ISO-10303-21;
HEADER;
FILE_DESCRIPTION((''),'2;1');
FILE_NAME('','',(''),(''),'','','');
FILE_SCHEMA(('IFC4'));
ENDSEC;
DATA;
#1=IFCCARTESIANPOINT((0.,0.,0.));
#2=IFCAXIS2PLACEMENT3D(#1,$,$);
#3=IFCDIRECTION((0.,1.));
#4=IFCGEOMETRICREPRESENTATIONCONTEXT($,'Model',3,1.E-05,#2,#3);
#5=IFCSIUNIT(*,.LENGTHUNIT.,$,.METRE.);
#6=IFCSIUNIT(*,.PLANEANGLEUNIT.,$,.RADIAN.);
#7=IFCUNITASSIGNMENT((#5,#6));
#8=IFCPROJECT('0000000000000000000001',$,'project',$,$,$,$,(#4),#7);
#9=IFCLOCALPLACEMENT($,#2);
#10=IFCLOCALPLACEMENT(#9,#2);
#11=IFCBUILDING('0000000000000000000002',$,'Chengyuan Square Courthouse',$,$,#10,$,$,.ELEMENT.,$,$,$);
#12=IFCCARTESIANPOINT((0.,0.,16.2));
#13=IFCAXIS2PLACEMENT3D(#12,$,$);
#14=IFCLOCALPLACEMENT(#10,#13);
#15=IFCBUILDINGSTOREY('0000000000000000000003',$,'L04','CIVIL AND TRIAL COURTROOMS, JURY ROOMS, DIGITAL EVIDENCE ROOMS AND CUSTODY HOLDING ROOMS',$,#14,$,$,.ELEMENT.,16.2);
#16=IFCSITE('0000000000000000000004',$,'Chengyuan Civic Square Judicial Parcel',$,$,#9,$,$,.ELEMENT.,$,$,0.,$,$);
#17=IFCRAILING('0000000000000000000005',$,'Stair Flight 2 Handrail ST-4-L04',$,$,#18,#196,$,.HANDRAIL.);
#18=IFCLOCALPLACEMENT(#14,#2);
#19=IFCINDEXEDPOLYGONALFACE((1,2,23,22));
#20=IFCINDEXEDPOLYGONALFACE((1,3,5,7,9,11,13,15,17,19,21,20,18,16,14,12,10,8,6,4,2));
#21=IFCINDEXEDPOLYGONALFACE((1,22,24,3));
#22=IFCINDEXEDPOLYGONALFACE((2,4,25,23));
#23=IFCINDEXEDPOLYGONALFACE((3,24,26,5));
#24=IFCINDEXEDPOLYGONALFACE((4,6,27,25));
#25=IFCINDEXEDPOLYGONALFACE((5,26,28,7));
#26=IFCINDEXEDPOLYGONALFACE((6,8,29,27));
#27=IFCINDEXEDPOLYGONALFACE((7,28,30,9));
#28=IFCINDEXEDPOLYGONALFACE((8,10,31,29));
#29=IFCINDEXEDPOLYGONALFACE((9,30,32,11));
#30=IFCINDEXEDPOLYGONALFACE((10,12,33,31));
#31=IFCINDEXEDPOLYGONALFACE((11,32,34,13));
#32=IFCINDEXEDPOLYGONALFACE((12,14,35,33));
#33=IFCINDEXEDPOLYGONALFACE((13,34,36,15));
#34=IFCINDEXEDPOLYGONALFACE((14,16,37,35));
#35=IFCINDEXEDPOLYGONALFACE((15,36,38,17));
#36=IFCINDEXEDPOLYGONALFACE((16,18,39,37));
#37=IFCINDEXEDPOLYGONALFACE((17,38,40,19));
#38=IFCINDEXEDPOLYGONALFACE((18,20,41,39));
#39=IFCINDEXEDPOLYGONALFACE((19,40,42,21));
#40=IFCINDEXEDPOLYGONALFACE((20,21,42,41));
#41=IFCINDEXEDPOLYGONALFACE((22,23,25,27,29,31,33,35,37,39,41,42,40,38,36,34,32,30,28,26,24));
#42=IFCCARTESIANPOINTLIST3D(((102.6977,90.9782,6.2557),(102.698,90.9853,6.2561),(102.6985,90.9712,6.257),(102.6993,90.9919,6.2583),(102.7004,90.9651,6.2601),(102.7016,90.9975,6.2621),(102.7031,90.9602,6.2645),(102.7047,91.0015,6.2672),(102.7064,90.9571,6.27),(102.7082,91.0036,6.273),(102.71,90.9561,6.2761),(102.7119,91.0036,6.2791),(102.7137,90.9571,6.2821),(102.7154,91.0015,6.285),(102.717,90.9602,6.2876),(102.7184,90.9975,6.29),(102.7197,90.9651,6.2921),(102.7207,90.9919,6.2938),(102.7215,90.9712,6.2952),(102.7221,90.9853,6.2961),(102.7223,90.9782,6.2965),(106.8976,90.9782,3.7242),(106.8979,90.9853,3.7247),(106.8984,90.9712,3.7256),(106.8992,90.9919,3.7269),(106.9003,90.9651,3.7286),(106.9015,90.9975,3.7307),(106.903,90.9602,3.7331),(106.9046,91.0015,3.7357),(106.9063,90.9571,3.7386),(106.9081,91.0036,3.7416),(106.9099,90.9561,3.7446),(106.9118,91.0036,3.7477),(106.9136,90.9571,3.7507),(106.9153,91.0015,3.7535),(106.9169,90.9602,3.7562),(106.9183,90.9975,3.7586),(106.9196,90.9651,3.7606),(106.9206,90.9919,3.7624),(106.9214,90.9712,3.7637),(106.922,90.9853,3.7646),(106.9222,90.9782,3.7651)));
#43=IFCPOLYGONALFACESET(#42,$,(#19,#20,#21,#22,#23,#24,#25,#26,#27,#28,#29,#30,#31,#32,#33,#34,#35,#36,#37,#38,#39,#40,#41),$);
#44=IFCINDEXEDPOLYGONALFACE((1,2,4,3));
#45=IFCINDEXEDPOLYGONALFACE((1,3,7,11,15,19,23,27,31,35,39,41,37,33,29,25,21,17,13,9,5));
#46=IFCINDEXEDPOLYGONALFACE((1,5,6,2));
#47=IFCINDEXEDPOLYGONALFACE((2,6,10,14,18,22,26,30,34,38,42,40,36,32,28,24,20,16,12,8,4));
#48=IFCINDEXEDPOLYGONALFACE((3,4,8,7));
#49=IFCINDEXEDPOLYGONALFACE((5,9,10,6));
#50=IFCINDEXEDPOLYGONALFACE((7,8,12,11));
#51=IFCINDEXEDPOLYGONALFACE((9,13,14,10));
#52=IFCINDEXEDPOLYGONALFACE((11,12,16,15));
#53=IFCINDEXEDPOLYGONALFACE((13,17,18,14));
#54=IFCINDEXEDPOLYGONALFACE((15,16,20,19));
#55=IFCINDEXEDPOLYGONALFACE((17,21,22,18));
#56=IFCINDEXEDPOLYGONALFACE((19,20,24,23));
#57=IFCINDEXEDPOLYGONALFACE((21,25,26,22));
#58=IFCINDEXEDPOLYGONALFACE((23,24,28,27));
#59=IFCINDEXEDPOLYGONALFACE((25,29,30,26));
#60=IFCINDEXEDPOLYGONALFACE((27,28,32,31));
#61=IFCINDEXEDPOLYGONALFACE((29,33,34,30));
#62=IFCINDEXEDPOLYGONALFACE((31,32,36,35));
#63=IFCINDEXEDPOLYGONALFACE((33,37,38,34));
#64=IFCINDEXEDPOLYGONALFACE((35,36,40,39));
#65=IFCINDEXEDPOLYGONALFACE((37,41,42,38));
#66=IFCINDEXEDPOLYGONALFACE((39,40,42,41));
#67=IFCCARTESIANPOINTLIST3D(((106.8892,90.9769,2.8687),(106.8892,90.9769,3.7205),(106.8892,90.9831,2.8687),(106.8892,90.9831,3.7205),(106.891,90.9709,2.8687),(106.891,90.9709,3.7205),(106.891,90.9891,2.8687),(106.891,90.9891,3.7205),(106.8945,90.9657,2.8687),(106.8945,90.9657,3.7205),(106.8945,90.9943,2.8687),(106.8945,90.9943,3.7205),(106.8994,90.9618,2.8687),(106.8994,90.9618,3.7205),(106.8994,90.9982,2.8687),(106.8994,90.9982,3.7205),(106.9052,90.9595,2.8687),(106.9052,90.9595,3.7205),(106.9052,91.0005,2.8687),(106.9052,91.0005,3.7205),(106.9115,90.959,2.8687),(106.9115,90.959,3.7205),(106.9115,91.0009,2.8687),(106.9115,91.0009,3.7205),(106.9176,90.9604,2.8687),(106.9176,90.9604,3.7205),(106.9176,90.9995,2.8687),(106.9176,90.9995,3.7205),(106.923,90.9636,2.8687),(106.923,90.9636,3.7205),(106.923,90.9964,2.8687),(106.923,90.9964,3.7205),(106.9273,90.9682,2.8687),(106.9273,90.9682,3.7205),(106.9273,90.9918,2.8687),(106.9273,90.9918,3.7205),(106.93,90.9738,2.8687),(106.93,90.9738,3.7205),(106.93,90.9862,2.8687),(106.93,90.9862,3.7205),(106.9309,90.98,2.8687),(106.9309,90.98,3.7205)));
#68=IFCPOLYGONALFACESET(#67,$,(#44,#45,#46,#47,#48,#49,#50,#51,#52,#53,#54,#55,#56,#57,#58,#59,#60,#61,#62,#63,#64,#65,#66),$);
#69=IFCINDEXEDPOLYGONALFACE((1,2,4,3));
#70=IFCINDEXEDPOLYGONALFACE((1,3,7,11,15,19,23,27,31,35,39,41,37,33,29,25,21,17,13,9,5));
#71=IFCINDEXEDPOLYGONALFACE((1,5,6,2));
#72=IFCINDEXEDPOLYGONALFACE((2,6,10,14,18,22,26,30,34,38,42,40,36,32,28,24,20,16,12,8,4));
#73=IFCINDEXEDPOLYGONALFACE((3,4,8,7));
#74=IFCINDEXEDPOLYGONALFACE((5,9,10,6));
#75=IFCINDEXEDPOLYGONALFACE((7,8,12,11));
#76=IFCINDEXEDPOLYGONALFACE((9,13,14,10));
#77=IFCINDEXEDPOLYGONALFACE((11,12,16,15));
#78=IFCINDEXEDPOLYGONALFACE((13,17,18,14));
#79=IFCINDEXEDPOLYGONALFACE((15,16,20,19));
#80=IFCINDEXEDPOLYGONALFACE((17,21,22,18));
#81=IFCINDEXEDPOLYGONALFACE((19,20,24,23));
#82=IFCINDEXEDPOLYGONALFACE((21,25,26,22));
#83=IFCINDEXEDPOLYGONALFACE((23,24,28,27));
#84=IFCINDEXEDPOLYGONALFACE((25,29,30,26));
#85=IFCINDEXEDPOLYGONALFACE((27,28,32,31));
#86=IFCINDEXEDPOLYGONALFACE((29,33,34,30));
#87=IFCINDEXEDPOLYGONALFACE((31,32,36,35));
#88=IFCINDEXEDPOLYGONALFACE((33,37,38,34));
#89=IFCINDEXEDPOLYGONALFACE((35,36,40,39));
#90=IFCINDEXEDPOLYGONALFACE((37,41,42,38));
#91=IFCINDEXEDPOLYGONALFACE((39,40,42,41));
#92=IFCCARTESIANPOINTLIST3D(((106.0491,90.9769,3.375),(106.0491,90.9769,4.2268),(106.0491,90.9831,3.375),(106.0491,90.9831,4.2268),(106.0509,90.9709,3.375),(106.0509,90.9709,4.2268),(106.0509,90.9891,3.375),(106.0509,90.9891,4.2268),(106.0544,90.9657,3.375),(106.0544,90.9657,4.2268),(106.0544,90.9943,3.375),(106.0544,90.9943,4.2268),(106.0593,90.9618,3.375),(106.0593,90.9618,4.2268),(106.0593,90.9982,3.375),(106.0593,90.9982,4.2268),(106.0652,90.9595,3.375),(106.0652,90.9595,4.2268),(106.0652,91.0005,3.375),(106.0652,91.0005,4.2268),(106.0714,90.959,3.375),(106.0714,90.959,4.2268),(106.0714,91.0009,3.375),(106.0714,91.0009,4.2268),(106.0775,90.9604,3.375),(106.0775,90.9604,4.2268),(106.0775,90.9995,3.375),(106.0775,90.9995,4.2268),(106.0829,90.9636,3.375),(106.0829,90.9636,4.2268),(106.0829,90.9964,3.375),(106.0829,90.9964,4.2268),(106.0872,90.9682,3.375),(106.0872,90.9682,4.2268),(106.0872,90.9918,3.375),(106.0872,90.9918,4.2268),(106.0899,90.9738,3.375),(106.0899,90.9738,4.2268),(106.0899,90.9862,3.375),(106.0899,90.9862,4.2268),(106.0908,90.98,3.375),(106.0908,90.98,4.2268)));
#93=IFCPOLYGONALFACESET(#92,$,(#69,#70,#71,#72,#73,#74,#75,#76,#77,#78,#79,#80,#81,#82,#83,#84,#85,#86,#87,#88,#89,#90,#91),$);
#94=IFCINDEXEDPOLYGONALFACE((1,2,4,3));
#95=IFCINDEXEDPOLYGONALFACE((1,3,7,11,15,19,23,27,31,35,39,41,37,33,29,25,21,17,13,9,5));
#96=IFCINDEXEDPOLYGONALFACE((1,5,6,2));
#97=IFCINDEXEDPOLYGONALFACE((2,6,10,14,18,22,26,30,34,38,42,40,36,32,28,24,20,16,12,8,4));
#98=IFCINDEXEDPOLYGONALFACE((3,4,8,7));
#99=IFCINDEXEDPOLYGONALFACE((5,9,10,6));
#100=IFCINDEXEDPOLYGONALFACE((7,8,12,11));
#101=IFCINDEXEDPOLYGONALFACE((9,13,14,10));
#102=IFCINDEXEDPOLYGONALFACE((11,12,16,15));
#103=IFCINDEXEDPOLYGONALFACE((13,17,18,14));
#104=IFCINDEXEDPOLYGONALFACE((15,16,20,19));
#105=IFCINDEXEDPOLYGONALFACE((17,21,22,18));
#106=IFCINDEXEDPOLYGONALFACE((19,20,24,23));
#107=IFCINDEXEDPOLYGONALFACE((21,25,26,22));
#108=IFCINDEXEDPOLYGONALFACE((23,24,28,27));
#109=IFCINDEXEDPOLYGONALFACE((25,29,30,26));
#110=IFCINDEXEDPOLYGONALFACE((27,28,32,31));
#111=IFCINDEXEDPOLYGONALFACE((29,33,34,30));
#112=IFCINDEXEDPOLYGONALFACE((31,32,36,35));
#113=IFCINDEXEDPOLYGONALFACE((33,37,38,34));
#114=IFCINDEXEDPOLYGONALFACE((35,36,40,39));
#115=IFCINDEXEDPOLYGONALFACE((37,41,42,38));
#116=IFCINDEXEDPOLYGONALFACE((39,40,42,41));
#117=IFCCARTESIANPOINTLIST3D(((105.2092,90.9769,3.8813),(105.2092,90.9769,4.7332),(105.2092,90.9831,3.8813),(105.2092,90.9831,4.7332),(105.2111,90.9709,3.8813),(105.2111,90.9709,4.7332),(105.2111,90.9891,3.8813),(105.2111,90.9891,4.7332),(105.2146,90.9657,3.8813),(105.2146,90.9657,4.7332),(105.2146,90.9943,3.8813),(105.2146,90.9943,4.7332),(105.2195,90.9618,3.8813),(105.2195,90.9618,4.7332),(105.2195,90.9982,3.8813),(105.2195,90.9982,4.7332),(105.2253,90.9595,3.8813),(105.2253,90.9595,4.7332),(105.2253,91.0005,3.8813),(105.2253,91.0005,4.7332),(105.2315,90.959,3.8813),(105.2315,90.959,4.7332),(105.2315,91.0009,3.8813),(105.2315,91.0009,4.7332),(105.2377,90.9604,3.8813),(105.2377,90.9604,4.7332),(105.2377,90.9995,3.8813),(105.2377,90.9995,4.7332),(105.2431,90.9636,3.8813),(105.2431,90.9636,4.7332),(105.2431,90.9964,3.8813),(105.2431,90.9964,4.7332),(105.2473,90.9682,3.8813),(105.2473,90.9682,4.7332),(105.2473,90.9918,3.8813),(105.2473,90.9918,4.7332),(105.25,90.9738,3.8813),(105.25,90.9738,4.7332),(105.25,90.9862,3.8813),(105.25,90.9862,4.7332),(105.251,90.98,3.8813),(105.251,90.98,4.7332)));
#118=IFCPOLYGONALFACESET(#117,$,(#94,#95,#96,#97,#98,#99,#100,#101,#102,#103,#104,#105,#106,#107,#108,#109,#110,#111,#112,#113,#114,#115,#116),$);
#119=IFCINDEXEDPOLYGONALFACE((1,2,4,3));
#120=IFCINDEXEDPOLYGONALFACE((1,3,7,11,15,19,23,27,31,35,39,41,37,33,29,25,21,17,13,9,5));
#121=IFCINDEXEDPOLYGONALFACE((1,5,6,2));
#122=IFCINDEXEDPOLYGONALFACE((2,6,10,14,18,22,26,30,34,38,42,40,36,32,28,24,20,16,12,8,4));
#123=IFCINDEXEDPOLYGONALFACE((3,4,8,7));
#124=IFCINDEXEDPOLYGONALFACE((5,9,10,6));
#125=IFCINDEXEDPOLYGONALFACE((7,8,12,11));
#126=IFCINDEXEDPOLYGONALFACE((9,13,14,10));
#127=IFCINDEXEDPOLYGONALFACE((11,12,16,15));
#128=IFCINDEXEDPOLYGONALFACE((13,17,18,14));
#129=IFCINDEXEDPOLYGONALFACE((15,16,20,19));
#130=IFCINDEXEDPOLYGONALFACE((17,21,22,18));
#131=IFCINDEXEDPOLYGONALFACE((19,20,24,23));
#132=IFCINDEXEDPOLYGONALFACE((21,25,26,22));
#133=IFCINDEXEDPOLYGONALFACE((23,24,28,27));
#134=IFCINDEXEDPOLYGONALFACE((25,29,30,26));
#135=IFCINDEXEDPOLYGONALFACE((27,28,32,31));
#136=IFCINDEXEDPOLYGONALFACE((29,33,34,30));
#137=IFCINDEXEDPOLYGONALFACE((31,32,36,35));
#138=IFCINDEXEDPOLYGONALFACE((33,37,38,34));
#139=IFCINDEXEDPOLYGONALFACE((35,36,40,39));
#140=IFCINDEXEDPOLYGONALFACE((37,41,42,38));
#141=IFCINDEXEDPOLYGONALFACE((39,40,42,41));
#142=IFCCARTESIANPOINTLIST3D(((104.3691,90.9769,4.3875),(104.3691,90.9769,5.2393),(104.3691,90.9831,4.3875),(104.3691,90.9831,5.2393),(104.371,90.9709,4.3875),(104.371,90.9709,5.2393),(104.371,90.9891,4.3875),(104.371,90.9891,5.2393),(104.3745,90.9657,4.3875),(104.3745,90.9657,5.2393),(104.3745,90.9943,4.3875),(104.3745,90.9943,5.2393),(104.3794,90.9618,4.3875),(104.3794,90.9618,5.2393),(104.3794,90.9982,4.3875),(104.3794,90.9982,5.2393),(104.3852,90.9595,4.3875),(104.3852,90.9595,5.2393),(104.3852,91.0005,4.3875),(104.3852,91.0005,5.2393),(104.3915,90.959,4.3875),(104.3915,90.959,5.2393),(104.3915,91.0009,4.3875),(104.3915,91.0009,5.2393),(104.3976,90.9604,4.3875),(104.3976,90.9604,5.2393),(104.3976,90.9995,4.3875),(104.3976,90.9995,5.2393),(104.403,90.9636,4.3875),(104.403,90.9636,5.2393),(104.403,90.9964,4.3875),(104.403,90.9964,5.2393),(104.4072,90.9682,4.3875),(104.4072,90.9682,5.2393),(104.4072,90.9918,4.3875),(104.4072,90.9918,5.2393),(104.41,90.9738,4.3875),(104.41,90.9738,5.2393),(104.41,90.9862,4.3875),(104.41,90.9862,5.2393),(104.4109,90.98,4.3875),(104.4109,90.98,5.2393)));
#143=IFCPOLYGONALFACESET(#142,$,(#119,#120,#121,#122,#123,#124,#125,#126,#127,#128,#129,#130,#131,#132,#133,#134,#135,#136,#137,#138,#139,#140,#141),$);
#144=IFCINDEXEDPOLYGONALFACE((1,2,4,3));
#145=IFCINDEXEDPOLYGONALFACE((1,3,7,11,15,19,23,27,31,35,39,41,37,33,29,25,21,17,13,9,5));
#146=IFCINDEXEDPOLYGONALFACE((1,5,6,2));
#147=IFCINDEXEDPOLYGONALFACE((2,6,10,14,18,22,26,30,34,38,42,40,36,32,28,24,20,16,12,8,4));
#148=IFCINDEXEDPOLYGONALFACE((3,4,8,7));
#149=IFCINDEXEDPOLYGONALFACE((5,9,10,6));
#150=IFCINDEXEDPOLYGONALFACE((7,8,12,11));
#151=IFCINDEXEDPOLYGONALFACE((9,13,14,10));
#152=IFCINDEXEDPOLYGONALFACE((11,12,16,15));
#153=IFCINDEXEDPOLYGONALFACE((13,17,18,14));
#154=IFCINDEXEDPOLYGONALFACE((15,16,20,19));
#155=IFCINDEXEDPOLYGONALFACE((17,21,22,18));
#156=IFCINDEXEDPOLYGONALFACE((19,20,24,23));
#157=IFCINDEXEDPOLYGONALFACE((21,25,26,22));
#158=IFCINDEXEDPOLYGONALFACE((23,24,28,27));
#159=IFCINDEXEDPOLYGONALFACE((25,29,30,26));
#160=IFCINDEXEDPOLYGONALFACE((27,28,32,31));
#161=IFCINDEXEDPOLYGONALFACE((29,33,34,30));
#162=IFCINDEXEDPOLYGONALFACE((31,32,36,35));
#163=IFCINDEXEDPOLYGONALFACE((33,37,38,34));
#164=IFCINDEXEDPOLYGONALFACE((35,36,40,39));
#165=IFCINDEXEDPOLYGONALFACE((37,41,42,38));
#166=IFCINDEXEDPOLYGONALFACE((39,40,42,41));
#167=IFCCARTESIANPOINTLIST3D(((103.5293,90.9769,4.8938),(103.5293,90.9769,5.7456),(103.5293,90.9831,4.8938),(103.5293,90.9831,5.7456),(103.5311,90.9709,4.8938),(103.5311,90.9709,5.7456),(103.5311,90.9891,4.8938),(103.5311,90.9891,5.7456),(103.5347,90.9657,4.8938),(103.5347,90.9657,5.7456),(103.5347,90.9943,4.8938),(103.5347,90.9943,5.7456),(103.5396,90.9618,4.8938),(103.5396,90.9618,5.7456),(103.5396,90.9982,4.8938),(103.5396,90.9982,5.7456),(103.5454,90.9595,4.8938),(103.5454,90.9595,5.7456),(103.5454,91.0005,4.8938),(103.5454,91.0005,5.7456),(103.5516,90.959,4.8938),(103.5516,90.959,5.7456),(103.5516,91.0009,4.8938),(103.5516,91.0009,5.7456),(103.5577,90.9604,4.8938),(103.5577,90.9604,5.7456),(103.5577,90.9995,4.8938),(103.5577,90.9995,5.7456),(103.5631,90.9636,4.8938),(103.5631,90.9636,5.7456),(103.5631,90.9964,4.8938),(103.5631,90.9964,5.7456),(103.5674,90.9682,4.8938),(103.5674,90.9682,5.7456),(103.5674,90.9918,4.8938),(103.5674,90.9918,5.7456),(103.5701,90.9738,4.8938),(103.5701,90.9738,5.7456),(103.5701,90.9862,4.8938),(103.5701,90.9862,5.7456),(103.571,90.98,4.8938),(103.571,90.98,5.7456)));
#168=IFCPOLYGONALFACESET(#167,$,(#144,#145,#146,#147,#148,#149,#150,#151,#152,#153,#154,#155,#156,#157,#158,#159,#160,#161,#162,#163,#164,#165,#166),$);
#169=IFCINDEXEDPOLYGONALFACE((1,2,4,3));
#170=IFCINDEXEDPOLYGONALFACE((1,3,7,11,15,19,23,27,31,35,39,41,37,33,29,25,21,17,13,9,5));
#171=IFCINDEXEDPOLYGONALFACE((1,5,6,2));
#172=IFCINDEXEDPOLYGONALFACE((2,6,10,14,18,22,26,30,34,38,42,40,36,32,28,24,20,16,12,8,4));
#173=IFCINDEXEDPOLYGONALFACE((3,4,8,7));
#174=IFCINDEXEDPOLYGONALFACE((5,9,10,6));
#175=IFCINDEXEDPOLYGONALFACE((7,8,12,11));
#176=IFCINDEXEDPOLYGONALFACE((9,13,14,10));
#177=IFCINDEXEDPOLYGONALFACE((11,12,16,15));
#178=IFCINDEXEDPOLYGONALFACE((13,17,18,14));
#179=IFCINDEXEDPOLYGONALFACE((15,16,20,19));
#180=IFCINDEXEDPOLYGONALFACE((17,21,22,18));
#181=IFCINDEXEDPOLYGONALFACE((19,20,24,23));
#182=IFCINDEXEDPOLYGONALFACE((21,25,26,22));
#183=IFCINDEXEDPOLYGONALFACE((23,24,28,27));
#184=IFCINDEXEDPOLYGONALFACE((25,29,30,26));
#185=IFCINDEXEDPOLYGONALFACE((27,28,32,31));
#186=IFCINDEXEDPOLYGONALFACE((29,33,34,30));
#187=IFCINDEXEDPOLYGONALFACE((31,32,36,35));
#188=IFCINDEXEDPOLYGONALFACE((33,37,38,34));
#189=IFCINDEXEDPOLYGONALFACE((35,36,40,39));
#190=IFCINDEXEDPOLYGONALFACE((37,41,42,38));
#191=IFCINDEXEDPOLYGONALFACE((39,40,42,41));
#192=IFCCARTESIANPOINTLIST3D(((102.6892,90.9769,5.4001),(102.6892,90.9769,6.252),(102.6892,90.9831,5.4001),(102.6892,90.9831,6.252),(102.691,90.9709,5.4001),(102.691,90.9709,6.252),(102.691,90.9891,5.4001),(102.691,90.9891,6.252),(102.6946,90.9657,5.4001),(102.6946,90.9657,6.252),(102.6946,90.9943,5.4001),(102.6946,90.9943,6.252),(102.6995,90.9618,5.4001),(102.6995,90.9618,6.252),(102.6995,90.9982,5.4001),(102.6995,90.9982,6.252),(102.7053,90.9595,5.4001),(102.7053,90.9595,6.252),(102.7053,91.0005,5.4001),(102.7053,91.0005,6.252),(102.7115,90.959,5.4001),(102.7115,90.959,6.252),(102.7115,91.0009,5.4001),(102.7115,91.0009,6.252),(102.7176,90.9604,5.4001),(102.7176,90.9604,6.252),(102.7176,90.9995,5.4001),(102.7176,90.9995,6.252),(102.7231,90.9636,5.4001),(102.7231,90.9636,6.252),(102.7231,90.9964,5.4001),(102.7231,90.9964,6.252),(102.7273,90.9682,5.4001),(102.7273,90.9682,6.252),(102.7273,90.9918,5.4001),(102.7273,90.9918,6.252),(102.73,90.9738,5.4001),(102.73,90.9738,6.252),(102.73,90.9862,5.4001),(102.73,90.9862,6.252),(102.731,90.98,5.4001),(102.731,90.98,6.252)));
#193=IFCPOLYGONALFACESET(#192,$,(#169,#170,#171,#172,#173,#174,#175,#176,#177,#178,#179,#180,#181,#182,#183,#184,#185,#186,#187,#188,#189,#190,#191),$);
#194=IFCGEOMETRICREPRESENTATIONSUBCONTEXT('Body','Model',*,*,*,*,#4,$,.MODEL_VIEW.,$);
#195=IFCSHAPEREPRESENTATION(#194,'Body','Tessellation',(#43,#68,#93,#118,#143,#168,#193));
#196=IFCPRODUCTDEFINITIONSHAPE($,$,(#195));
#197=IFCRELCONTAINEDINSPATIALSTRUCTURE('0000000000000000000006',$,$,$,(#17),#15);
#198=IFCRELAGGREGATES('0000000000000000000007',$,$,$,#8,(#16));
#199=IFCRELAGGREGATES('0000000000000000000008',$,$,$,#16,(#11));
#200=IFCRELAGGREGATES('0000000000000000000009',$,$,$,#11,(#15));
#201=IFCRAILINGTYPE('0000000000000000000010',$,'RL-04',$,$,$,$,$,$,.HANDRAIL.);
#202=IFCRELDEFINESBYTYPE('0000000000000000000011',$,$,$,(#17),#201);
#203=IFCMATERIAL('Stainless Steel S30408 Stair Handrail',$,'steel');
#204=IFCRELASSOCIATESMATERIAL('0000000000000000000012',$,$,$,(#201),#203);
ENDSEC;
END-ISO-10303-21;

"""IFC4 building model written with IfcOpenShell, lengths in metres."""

from ifc_helpers import new_model, si_unit, direction, frame, origin, origin_2d, place, context, subcontext, project, spatial, circle, extrude, material, type_object, element, save


model = new_model("IFC4")

# Units and contexts
model_context = context("Model", 3, precision=1e-05, world=origin(), true_north=direction((0.0, 1.0)))
body_context = subcontext(model_context, "Body", "Model", "MODEL_VIEW")
ifc_project = project(units=[si_unit("LENGTHUNIT", "METRE"), si_unit("PLANEANGLEUNIT", "RADIAN")], contexts=[model_context])

# Site, building, storey
site_placement = place(None, origin())
site = spatial("IfcSite", under=ifc_project, at=site_placement, Name="Chengyuan Civic Square Judicial Parcel", CompositionType="ELEMENT", RefElevation=0.0)
building_placement = place(site_placement, origin())
building = spatial("IfcBuilding", under=site, at=building_placement, Name="Chengyuan Square Courthouse", CompositionType="ELEMENT")
storey_placement = place(building_placement, frame((0.0, 0.0, 16.2)))
storey = spatial("IfcBuildingStorey", under=building, at=storey_placement, Name="L04", Description="CIVIL AND TRIAL COURTROOMS, JURY ROOMS, DIGITAL EVIDENCE ROOMS AND CUSTODY HOLDING ROOMS", CompositionType="ELEMENT", Elevation=16.2)

# Railing
ifc_material_1 = material(Name="Stainless Steel S30408 Stair Handrail", Category="steel")
railing_type_1 = type_object("IfcRailingType", Name="RL-04", PredefinedType="HANDRAIL", material=ifc_material_1)
railing_1_placement = place(storey_placement, frame((106.9099, 90.98, 2.8687)))
element("IfcRailing", 1, at=railing_1_placement, inside=storey, type_object=railing_type_1, Name="Stair Flight 2 Handrail ST-4-L04", PredefinedType="HANDRAIL", context=body_context, shape_type="SweptSolid", body=[
    extrude(circle(Radius=0.0239, at=origin_2d()), frame((0.0, 0.0, 0.876), z_axis=(-0.856454, 0.0, 0.516223), x_axis=(0.0, -1.0, 0.0)), (0.0, 0.0, 1.0), 4.9038),
    extrude(circle(Radius=0.021, at=origin_2d()), origin(), (0.0, 0.0, 1.0), 0.8518),
    extrude(circle(Radius=0.021, at=origin_2d()), frame((-0.8401, 0.0, 0.5063)), (0.0, 0.0, 1.0), 0.8518),
    extrude(circle(Radius=0.021, at=origin_2d()), frame((-1.6799, 0.0, 1.0127)), (0.0, 0.0, 1.0), 0.8518),
    extrude(circle(Radius=0.021, at=origin_2d()), frame((-2.52, 0.0, 1.5188)), (0.0, 0.0, 1.0), 0.8518),
    extrude(circle(Radius=0.021, at=origin_2d()), frame((-3.3599, 0.0, 2.0251)), (0.0, 0.0, 1.0), 0.8518),
    extrude(circle(Radius=0.021, at=origin_2d()), frame((-4.2, 0.0, 2.5315)), (0.0, 0.0, 1.0), 0.8518),
])

save(model, "model.ifc")
